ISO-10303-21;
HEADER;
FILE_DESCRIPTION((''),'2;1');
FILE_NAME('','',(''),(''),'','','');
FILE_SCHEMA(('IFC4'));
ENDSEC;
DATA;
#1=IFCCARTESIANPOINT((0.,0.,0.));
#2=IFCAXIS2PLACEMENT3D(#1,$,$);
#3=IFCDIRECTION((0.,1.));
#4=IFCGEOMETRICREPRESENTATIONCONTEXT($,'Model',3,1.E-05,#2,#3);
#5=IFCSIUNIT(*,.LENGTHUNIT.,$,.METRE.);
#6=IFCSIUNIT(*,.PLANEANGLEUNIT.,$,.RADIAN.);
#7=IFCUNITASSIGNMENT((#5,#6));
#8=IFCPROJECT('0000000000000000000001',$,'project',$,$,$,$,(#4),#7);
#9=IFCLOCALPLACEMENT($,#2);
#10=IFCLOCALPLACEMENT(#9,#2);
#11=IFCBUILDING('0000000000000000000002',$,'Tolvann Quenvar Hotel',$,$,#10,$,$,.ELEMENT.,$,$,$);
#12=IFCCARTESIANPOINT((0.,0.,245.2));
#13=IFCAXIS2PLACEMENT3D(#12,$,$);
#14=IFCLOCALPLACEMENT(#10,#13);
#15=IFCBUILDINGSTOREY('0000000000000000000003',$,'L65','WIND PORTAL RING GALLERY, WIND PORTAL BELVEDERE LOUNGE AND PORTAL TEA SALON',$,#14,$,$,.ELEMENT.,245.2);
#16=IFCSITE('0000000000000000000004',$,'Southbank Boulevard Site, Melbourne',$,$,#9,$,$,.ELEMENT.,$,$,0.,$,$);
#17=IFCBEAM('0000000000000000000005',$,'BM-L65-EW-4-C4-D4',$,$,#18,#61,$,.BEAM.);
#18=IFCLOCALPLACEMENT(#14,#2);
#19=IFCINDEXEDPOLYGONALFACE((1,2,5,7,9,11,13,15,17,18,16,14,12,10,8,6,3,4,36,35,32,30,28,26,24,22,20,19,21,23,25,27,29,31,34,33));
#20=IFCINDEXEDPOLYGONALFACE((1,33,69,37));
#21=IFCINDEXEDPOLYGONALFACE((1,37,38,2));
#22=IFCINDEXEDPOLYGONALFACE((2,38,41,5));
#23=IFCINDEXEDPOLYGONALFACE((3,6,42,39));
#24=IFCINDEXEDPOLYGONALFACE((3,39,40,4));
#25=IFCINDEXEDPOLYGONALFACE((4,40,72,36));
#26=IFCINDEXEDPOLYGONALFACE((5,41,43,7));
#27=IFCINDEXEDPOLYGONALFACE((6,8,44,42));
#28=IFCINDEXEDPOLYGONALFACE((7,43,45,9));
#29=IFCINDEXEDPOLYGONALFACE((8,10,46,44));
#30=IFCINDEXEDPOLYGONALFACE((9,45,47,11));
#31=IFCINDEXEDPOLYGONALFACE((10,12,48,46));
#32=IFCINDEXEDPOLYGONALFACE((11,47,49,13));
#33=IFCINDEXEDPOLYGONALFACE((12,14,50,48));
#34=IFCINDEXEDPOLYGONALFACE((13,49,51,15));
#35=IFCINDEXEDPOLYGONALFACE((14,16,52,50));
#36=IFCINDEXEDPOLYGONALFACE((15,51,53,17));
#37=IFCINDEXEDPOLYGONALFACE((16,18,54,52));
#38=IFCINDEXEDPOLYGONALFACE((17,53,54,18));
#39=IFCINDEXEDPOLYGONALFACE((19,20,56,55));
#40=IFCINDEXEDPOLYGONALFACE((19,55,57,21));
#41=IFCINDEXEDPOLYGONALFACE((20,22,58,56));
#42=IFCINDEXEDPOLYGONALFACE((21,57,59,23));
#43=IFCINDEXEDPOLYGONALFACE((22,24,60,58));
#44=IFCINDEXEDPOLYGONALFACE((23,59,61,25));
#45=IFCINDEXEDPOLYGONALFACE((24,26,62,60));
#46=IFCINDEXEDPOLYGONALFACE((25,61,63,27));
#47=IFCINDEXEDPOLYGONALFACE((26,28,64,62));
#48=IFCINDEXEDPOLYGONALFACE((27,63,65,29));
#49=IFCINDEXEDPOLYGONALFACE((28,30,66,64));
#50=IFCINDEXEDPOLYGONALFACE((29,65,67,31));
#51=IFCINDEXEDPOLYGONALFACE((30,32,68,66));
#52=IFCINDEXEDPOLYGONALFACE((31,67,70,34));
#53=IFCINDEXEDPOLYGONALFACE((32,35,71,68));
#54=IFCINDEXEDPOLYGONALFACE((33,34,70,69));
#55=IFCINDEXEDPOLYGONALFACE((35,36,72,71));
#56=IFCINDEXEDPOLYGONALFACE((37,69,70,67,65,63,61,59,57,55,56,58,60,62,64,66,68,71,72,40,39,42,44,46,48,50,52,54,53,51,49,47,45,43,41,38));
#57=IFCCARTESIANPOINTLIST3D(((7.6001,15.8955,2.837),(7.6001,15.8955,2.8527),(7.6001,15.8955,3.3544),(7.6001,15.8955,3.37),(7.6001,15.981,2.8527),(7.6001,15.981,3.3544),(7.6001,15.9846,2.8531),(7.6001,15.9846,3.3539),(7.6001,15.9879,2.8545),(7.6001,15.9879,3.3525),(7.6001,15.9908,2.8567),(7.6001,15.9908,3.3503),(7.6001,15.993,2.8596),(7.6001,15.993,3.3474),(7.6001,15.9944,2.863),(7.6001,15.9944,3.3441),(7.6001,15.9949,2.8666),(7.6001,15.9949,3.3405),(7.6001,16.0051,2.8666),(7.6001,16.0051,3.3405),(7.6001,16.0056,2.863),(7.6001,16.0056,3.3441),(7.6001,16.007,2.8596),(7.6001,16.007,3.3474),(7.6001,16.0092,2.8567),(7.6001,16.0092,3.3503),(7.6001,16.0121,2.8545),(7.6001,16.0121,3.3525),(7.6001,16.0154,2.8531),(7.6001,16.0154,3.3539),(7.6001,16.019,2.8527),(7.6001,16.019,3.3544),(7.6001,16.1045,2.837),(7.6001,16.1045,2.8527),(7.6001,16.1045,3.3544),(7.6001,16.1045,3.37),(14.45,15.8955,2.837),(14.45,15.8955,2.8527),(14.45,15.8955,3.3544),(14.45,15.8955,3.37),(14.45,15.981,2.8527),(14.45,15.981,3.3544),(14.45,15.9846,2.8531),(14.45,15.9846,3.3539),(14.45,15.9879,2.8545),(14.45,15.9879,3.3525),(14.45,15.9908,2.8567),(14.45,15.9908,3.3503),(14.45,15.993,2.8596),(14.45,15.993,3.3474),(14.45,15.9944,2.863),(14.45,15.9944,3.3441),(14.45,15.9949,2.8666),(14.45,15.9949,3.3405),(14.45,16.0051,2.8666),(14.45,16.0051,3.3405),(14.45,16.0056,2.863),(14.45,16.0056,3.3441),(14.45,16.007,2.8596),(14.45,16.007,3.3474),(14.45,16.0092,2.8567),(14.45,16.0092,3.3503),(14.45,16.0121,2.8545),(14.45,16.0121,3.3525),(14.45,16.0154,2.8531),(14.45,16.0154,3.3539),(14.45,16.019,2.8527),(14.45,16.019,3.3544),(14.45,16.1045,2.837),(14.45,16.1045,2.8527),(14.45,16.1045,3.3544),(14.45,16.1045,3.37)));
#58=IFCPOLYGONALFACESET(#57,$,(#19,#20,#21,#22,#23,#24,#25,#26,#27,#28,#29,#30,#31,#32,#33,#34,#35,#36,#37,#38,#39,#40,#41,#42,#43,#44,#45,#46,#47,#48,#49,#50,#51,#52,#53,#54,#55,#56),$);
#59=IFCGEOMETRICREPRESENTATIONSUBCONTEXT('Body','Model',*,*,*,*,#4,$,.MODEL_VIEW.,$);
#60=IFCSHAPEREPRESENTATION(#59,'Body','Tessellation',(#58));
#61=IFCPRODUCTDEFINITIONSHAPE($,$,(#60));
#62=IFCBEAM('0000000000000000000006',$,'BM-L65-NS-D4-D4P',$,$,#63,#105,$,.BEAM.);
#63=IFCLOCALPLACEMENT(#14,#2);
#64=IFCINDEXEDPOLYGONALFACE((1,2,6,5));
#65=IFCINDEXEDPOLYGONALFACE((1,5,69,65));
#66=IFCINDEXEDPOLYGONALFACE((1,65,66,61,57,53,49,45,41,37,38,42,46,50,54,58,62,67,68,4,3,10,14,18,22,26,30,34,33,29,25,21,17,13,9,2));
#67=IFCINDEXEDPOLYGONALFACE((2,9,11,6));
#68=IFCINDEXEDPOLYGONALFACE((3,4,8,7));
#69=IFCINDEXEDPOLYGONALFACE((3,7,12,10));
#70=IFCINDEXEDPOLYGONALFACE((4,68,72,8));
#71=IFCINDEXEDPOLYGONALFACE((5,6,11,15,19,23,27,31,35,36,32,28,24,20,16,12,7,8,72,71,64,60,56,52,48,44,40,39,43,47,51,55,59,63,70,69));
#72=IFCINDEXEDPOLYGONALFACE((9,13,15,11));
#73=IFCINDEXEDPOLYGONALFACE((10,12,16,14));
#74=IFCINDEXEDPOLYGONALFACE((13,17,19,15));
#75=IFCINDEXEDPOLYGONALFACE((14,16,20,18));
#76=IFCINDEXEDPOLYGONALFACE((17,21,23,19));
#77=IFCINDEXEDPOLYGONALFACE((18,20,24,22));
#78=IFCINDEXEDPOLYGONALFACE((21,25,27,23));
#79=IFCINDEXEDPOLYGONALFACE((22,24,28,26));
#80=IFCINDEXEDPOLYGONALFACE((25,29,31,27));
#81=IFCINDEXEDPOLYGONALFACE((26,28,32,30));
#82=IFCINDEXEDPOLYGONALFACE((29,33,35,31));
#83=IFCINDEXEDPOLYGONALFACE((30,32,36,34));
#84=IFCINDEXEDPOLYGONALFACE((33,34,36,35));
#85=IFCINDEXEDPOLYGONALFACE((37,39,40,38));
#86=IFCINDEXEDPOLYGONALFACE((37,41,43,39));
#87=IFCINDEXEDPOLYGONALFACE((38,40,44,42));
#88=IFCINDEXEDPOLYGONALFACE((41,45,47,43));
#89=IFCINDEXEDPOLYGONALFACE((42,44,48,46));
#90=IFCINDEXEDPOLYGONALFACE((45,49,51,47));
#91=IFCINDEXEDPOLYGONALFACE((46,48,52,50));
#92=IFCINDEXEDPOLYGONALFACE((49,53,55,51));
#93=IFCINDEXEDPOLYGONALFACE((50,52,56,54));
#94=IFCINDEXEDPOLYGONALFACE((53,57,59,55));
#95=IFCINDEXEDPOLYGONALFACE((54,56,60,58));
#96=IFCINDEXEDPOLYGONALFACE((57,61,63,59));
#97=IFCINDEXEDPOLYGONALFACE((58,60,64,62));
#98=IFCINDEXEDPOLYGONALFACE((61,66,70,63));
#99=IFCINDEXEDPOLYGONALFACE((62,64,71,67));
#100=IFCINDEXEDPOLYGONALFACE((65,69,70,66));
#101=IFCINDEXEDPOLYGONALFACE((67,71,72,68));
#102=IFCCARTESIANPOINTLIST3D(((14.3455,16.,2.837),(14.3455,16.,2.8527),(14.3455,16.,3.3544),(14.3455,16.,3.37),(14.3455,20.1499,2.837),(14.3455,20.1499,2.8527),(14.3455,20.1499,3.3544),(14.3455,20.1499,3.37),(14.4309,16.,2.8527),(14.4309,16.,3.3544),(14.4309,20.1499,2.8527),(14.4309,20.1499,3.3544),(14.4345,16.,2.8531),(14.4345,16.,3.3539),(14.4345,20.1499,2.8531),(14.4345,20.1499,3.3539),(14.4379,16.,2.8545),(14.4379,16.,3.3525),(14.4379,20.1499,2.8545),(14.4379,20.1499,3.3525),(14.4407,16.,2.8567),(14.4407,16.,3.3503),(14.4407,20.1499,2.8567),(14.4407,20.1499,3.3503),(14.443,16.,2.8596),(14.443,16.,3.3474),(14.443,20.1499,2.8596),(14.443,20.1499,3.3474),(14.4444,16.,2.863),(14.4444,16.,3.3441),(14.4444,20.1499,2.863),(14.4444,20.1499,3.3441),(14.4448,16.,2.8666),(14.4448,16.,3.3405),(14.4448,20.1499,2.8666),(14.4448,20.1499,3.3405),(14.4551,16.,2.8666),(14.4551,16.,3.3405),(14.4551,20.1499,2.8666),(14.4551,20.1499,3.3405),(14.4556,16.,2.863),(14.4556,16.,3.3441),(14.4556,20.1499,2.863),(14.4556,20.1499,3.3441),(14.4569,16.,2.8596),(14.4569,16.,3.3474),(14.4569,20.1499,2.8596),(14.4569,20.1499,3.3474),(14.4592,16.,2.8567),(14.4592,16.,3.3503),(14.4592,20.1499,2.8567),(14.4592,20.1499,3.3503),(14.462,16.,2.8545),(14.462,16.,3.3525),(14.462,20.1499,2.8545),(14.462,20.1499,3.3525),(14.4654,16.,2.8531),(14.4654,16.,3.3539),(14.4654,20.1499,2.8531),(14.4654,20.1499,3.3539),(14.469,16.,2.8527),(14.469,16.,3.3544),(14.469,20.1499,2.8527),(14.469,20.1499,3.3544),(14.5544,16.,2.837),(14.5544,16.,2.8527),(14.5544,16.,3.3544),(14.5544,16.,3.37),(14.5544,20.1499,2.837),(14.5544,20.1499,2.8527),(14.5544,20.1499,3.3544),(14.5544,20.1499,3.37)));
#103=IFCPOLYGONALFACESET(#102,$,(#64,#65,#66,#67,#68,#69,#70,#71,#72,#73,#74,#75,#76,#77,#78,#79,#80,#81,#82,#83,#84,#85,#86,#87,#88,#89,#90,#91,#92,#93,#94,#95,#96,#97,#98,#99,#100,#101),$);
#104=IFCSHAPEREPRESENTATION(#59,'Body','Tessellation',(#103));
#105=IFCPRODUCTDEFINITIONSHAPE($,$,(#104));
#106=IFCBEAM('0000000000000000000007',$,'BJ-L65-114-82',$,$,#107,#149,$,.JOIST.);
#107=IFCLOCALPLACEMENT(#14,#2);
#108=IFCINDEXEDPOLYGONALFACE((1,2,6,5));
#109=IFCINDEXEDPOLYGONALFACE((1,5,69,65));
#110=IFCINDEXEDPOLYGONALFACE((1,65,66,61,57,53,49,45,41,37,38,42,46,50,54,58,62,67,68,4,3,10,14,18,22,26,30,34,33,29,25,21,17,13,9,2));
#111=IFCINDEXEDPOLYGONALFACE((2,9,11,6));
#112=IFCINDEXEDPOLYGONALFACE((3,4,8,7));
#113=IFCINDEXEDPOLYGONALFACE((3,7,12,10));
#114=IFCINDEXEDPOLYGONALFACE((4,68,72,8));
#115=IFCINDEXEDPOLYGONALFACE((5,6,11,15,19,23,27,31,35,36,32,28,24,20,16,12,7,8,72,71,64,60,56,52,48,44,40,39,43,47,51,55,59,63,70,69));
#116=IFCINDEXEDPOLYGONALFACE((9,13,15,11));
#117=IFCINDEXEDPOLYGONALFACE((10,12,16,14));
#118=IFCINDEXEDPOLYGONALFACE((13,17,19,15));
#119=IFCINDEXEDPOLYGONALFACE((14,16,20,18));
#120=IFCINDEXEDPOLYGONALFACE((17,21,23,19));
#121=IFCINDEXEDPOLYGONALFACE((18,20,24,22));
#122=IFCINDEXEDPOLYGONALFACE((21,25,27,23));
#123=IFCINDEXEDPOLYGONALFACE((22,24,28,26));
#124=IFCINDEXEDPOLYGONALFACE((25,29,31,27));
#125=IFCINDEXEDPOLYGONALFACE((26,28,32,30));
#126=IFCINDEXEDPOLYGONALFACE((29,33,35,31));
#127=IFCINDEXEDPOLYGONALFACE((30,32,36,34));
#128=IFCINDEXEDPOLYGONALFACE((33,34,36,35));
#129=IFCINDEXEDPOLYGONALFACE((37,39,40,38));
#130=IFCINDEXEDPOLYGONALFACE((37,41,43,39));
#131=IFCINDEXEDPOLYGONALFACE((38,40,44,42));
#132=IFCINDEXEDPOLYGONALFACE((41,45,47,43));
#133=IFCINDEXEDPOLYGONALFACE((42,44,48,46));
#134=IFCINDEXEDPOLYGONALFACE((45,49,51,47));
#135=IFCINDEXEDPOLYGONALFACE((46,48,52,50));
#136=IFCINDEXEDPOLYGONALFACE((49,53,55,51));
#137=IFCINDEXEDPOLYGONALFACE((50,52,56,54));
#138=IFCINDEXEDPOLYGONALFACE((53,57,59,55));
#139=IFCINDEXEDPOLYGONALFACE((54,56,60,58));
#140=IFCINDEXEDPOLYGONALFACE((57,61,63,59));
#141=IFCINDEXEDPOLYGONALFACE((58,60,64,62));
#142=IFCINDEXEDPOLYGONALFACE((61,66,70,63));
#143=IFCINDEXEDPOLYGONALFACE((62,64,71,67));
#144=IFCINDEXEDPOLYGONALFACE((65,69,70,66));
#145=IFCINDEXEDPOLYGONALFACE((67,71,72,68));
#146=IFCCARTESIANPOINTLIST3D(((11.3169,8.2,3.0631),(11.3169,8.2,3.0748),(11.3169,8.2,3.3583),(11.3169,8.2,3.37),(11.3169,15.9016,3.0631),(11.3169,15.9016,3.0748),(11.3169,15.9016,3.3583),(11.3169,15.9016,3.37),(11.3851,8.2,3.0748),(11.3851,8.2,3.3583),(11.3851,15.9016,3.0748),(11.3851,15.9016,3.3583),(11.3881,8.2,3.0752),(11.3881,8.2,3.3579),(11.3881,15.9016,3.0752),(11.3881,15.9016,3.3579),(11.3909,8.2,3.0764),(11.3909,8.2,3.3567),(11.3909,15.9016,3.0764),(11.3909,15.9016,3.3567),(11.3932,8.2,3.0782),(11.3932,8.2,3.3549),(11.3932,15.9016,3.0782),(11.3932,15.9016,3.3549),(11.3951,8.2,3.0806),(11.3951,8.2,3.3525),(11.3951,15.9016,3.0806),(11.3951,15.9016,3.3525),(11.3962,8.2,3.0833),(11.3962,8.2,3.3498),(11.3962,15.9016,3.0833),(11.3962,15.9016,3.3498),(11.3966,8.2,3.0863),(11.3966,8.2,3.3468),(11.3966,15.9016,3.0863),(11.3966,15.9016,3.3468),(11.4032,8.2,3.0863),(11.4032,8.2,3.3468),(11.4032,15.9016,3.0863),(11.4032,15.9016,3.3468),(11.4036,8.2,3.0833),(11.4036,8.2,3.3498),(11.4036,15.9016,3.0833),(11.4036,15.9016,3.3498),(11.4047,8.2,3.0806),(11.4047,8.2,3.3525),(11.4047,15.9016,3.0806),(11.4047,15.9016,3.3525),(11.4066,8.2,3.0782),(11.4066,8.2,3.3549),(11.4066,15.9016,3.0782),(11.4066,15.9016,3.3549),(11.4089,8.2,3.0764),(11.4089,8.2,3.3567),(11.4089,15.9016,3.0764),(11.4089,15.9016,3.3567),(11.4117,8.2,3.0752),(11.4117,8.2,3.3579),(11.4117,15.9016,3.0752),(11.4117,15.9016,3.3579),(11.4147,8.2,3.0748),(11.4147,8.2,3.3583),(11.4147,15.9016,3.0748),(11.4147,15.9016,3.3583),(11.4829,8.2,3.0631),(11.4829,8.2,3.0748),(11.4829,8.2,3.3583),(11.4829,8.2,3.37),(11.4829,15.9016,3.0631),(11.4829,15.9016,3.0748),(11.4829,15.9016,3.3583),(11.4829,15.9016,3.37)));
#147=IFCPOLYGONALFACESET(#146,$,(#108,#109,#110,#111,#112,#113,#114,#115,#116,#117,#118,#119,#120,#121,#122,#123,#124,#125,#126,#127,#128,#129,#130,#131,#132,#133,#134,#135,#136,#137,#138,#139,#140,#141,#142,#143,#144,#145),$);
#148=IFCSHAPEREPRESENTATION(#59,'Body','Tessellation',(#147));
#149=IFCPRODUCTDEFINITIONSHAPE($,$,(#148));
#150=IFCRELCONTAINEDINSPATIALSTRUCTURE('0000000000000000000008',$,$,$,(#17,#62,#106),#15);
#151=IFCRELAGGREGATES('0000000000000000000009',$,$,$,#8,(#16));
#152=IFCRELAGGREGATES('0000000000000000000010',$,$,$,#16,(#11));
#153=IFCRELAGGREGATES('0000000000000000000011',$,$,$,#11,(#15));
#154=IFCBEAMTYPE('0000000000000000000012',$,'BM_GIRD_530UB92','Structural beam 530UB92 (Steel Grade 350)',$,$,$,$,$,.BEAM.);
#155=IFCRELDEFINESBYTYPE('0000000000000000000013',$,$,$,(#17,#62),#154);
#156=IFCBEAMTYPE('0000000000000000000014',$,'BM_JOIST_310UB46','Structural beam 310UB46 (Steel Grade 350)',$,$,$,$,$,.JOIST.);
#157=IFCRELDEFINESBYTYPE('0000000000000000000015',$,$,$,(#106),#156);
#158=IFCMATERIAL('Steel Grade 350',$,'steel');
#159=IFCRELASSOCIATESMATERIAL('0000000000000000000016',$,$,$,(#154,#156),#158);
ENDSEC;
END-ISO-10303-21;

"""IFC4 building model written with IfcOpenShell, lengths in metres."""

from ifc_helpers import new_model, si_unit, direction, frame, origin, origin_2d, place, context, subcontext, project, spatial, i_section, extrude, source, transform, mapped, material, material_profile, profile_set, type_object, element, save


model = new_model("IFC4")

# Units and contexts
model_context = context("Model", 3, precision=1e-05, world=origin(), true_north=direction((0.0, 1.0)))
body_context = subcontext(model_context, "Body", "Model", "MODEL_VIEW")
ifc_project = project(units=[si_unit("LENGTHUNIT", "METRE"), si_unit("PLANEANGLEUNIT", "RADIAN")], contexts=[model_context])

# Site, building, storey
site_placement = place(None, origin())
site = spatial("IfcSite", under=ifc_project, at=site_placement, Name="Southbank Boulevard Site, Melbourne", CompositionType="ELEMENT", RefElevation=0.0)
building_placement = place(site_placement, origin())
building = spatial("IfcBuilding", under=site, at=building_placement, Name="Tolvann Quenvar Hotel", CompositionType="ELEMENT")
storey_placement = place(building_placement, frame((0.0, 0.0, 245.2)))
storey = spatial("IfcBuildingStorey", under=building, at=storey_placement, Name="L65", Description="WIND PORTAL RING GALLERY, WIND PORTAL BELVEDERE LOUNGE AND PORTAL TEA SALON", CompositionType="ELEMENT", Elevation=245.2)

# Shared definitions
ifc_material_1 = material(Name="Steel Grade 350", Category="steel")

# Beams
ifc_material_profile_1 = material_profile(ifc_material_1, i_section(OverallWidth=0.209, OverallDepth=0.533, WebThickness=0.0103, FlangeThickness=0.0156, FilletRadius=0.0139, at=origin_2d()), Name="530UB92")
ifc_profile_set_1 = profile_set([ifc_material_profile_1], Name="Steel Grade 350")
beam_type_1 = type_object("IfcBeamType", Name="BM_GIRD_530UB92", Description="Structural beam 530UB92 (Steel Grade 350)", PredefinedType="BEAM", material=ifc_profile_set_1)
shared_shape_1 = source(origin(), body_context, "Body", "SweptSolid", [
    extrude(i_section(OverallWidth=0.209, OverallDepth=0.533, WebThickness=0.0103, FlangeThickness=0.0156, FilletRadius=0.0139, at=origin_2d()), origin(), (0.0, 0.0, 1.0), 6.8499),
])
beam_1_placement = place(storey_placement, frame((7.6001, 16.0, 3.1035), z_axis=(1.0, 0.0, 0.0), x_axis=(0.0, 1.0, 0.0)))
element("IfcBeam", 1, at=beam_1_placement, inside=storey, type_object=beam_type_1, Name="BM-L65-EW-4-C4-D4", PredefinedType="BEAM", context=body_context, shape_type="MappedRepresentation", body=[
    mapped(shared_shape_1, transform((0.0, 0.0, 0.0), x_axis=(1.0, 0.0, 0.0), y_axis=(0.0, 1.0, 0.0), z_axis=(0.0, 0.0, 1.0), scale=1.0)),
])
shared_shape_2 = source(origin(), body_context, "Body", "SweptSolid", [
    extrude(i_section(OverallWidth=0.209, OverallDepth=0.533, WebThickness=0.0103, FlangeThickness=0.0156, FilletRadius=0.0139, at=origin_2d()), origin(), (0.0, 0.0, 1.0), 4.1499),
])
beam_2_placement = place(storey_placement, frame((14.45, 16.0, 3.1035), z_axis=(0.0, 1.0, 0.0), x_axis=(-1.0, 0.0, 0.0)))
element("IfcBeam", 2, at=beam_2_placement, inside=storey, type_object=beam_type_1, Name="BM-L65-NS-D4-D4P", PredefinedType="BEAM", context=body_context, shape_type="MappedRepresentation", body=[
    mapped(shared_shape_2, transform((0.0, 0.0, 0.0), x_axis=(1.0, 0.0, 0.0), y_axis=(0.0, 1.0, 0.0), z_axis=(0.0, 0.0, 1.0), scale=1.0)),
])
ifc_material_profile_2 = material_profile(ifc_material_1, i_section(OverallWidth=0.166, OverallDepth=0.3069, WebThickness=0.0066, FlangeThickness=0.0117, FilletRadius=0.0115, at=origin_2d()), Name="310UB46")
ifc_profile_set_2 = profile_set([ifc_material_profile_2], Name="Steel Grade 350")
beam_type_2 = type_object("IfcBeamType", Name="BM_JOIST_310UB46", Description="Structural beam 310UB46 (Steel Grade 350)", PredefinedType="JOIST", material=ifc_profile_set_2)
shared_shape_3 = source(origin(), body_context, "Body", "SweptSolid", [
    extrude(i_section(OverallWidth=0.166, OverallDepth=0.3069, WebThickness=0.0066, FlangeThickness=0.0117, FilletRadius=0.0115, at=origin_2d()), origin(), (0.0, 0.0, 1.0), 7.7017),
])
beam_3_placement = place(storey_placement, frame((11.3999, 8.2, 3.2166), z_axis=(0.0, 1.0, 0.0), x_axis=(-1.0, 0.0, 0.0)))
element("IfcBeam", 3, at=beam_3_placement, inside=storey, type_object=beam_type_2, Name="BJ-L65-114-82", PredefinedType="JOIST", context=body_context, shape_type="MappedRepresentation", body=[
    mapped(shared_shape_3, transform((0.0, 0.0, 0.0), x_axis=(1.0, 0.0, 0.0), y_axis=(0.0, 1.0, 0.0), z_axis=(0.0, 0.0, 1.0), scale=1.0)),
])

save(model, "model.ifc")
